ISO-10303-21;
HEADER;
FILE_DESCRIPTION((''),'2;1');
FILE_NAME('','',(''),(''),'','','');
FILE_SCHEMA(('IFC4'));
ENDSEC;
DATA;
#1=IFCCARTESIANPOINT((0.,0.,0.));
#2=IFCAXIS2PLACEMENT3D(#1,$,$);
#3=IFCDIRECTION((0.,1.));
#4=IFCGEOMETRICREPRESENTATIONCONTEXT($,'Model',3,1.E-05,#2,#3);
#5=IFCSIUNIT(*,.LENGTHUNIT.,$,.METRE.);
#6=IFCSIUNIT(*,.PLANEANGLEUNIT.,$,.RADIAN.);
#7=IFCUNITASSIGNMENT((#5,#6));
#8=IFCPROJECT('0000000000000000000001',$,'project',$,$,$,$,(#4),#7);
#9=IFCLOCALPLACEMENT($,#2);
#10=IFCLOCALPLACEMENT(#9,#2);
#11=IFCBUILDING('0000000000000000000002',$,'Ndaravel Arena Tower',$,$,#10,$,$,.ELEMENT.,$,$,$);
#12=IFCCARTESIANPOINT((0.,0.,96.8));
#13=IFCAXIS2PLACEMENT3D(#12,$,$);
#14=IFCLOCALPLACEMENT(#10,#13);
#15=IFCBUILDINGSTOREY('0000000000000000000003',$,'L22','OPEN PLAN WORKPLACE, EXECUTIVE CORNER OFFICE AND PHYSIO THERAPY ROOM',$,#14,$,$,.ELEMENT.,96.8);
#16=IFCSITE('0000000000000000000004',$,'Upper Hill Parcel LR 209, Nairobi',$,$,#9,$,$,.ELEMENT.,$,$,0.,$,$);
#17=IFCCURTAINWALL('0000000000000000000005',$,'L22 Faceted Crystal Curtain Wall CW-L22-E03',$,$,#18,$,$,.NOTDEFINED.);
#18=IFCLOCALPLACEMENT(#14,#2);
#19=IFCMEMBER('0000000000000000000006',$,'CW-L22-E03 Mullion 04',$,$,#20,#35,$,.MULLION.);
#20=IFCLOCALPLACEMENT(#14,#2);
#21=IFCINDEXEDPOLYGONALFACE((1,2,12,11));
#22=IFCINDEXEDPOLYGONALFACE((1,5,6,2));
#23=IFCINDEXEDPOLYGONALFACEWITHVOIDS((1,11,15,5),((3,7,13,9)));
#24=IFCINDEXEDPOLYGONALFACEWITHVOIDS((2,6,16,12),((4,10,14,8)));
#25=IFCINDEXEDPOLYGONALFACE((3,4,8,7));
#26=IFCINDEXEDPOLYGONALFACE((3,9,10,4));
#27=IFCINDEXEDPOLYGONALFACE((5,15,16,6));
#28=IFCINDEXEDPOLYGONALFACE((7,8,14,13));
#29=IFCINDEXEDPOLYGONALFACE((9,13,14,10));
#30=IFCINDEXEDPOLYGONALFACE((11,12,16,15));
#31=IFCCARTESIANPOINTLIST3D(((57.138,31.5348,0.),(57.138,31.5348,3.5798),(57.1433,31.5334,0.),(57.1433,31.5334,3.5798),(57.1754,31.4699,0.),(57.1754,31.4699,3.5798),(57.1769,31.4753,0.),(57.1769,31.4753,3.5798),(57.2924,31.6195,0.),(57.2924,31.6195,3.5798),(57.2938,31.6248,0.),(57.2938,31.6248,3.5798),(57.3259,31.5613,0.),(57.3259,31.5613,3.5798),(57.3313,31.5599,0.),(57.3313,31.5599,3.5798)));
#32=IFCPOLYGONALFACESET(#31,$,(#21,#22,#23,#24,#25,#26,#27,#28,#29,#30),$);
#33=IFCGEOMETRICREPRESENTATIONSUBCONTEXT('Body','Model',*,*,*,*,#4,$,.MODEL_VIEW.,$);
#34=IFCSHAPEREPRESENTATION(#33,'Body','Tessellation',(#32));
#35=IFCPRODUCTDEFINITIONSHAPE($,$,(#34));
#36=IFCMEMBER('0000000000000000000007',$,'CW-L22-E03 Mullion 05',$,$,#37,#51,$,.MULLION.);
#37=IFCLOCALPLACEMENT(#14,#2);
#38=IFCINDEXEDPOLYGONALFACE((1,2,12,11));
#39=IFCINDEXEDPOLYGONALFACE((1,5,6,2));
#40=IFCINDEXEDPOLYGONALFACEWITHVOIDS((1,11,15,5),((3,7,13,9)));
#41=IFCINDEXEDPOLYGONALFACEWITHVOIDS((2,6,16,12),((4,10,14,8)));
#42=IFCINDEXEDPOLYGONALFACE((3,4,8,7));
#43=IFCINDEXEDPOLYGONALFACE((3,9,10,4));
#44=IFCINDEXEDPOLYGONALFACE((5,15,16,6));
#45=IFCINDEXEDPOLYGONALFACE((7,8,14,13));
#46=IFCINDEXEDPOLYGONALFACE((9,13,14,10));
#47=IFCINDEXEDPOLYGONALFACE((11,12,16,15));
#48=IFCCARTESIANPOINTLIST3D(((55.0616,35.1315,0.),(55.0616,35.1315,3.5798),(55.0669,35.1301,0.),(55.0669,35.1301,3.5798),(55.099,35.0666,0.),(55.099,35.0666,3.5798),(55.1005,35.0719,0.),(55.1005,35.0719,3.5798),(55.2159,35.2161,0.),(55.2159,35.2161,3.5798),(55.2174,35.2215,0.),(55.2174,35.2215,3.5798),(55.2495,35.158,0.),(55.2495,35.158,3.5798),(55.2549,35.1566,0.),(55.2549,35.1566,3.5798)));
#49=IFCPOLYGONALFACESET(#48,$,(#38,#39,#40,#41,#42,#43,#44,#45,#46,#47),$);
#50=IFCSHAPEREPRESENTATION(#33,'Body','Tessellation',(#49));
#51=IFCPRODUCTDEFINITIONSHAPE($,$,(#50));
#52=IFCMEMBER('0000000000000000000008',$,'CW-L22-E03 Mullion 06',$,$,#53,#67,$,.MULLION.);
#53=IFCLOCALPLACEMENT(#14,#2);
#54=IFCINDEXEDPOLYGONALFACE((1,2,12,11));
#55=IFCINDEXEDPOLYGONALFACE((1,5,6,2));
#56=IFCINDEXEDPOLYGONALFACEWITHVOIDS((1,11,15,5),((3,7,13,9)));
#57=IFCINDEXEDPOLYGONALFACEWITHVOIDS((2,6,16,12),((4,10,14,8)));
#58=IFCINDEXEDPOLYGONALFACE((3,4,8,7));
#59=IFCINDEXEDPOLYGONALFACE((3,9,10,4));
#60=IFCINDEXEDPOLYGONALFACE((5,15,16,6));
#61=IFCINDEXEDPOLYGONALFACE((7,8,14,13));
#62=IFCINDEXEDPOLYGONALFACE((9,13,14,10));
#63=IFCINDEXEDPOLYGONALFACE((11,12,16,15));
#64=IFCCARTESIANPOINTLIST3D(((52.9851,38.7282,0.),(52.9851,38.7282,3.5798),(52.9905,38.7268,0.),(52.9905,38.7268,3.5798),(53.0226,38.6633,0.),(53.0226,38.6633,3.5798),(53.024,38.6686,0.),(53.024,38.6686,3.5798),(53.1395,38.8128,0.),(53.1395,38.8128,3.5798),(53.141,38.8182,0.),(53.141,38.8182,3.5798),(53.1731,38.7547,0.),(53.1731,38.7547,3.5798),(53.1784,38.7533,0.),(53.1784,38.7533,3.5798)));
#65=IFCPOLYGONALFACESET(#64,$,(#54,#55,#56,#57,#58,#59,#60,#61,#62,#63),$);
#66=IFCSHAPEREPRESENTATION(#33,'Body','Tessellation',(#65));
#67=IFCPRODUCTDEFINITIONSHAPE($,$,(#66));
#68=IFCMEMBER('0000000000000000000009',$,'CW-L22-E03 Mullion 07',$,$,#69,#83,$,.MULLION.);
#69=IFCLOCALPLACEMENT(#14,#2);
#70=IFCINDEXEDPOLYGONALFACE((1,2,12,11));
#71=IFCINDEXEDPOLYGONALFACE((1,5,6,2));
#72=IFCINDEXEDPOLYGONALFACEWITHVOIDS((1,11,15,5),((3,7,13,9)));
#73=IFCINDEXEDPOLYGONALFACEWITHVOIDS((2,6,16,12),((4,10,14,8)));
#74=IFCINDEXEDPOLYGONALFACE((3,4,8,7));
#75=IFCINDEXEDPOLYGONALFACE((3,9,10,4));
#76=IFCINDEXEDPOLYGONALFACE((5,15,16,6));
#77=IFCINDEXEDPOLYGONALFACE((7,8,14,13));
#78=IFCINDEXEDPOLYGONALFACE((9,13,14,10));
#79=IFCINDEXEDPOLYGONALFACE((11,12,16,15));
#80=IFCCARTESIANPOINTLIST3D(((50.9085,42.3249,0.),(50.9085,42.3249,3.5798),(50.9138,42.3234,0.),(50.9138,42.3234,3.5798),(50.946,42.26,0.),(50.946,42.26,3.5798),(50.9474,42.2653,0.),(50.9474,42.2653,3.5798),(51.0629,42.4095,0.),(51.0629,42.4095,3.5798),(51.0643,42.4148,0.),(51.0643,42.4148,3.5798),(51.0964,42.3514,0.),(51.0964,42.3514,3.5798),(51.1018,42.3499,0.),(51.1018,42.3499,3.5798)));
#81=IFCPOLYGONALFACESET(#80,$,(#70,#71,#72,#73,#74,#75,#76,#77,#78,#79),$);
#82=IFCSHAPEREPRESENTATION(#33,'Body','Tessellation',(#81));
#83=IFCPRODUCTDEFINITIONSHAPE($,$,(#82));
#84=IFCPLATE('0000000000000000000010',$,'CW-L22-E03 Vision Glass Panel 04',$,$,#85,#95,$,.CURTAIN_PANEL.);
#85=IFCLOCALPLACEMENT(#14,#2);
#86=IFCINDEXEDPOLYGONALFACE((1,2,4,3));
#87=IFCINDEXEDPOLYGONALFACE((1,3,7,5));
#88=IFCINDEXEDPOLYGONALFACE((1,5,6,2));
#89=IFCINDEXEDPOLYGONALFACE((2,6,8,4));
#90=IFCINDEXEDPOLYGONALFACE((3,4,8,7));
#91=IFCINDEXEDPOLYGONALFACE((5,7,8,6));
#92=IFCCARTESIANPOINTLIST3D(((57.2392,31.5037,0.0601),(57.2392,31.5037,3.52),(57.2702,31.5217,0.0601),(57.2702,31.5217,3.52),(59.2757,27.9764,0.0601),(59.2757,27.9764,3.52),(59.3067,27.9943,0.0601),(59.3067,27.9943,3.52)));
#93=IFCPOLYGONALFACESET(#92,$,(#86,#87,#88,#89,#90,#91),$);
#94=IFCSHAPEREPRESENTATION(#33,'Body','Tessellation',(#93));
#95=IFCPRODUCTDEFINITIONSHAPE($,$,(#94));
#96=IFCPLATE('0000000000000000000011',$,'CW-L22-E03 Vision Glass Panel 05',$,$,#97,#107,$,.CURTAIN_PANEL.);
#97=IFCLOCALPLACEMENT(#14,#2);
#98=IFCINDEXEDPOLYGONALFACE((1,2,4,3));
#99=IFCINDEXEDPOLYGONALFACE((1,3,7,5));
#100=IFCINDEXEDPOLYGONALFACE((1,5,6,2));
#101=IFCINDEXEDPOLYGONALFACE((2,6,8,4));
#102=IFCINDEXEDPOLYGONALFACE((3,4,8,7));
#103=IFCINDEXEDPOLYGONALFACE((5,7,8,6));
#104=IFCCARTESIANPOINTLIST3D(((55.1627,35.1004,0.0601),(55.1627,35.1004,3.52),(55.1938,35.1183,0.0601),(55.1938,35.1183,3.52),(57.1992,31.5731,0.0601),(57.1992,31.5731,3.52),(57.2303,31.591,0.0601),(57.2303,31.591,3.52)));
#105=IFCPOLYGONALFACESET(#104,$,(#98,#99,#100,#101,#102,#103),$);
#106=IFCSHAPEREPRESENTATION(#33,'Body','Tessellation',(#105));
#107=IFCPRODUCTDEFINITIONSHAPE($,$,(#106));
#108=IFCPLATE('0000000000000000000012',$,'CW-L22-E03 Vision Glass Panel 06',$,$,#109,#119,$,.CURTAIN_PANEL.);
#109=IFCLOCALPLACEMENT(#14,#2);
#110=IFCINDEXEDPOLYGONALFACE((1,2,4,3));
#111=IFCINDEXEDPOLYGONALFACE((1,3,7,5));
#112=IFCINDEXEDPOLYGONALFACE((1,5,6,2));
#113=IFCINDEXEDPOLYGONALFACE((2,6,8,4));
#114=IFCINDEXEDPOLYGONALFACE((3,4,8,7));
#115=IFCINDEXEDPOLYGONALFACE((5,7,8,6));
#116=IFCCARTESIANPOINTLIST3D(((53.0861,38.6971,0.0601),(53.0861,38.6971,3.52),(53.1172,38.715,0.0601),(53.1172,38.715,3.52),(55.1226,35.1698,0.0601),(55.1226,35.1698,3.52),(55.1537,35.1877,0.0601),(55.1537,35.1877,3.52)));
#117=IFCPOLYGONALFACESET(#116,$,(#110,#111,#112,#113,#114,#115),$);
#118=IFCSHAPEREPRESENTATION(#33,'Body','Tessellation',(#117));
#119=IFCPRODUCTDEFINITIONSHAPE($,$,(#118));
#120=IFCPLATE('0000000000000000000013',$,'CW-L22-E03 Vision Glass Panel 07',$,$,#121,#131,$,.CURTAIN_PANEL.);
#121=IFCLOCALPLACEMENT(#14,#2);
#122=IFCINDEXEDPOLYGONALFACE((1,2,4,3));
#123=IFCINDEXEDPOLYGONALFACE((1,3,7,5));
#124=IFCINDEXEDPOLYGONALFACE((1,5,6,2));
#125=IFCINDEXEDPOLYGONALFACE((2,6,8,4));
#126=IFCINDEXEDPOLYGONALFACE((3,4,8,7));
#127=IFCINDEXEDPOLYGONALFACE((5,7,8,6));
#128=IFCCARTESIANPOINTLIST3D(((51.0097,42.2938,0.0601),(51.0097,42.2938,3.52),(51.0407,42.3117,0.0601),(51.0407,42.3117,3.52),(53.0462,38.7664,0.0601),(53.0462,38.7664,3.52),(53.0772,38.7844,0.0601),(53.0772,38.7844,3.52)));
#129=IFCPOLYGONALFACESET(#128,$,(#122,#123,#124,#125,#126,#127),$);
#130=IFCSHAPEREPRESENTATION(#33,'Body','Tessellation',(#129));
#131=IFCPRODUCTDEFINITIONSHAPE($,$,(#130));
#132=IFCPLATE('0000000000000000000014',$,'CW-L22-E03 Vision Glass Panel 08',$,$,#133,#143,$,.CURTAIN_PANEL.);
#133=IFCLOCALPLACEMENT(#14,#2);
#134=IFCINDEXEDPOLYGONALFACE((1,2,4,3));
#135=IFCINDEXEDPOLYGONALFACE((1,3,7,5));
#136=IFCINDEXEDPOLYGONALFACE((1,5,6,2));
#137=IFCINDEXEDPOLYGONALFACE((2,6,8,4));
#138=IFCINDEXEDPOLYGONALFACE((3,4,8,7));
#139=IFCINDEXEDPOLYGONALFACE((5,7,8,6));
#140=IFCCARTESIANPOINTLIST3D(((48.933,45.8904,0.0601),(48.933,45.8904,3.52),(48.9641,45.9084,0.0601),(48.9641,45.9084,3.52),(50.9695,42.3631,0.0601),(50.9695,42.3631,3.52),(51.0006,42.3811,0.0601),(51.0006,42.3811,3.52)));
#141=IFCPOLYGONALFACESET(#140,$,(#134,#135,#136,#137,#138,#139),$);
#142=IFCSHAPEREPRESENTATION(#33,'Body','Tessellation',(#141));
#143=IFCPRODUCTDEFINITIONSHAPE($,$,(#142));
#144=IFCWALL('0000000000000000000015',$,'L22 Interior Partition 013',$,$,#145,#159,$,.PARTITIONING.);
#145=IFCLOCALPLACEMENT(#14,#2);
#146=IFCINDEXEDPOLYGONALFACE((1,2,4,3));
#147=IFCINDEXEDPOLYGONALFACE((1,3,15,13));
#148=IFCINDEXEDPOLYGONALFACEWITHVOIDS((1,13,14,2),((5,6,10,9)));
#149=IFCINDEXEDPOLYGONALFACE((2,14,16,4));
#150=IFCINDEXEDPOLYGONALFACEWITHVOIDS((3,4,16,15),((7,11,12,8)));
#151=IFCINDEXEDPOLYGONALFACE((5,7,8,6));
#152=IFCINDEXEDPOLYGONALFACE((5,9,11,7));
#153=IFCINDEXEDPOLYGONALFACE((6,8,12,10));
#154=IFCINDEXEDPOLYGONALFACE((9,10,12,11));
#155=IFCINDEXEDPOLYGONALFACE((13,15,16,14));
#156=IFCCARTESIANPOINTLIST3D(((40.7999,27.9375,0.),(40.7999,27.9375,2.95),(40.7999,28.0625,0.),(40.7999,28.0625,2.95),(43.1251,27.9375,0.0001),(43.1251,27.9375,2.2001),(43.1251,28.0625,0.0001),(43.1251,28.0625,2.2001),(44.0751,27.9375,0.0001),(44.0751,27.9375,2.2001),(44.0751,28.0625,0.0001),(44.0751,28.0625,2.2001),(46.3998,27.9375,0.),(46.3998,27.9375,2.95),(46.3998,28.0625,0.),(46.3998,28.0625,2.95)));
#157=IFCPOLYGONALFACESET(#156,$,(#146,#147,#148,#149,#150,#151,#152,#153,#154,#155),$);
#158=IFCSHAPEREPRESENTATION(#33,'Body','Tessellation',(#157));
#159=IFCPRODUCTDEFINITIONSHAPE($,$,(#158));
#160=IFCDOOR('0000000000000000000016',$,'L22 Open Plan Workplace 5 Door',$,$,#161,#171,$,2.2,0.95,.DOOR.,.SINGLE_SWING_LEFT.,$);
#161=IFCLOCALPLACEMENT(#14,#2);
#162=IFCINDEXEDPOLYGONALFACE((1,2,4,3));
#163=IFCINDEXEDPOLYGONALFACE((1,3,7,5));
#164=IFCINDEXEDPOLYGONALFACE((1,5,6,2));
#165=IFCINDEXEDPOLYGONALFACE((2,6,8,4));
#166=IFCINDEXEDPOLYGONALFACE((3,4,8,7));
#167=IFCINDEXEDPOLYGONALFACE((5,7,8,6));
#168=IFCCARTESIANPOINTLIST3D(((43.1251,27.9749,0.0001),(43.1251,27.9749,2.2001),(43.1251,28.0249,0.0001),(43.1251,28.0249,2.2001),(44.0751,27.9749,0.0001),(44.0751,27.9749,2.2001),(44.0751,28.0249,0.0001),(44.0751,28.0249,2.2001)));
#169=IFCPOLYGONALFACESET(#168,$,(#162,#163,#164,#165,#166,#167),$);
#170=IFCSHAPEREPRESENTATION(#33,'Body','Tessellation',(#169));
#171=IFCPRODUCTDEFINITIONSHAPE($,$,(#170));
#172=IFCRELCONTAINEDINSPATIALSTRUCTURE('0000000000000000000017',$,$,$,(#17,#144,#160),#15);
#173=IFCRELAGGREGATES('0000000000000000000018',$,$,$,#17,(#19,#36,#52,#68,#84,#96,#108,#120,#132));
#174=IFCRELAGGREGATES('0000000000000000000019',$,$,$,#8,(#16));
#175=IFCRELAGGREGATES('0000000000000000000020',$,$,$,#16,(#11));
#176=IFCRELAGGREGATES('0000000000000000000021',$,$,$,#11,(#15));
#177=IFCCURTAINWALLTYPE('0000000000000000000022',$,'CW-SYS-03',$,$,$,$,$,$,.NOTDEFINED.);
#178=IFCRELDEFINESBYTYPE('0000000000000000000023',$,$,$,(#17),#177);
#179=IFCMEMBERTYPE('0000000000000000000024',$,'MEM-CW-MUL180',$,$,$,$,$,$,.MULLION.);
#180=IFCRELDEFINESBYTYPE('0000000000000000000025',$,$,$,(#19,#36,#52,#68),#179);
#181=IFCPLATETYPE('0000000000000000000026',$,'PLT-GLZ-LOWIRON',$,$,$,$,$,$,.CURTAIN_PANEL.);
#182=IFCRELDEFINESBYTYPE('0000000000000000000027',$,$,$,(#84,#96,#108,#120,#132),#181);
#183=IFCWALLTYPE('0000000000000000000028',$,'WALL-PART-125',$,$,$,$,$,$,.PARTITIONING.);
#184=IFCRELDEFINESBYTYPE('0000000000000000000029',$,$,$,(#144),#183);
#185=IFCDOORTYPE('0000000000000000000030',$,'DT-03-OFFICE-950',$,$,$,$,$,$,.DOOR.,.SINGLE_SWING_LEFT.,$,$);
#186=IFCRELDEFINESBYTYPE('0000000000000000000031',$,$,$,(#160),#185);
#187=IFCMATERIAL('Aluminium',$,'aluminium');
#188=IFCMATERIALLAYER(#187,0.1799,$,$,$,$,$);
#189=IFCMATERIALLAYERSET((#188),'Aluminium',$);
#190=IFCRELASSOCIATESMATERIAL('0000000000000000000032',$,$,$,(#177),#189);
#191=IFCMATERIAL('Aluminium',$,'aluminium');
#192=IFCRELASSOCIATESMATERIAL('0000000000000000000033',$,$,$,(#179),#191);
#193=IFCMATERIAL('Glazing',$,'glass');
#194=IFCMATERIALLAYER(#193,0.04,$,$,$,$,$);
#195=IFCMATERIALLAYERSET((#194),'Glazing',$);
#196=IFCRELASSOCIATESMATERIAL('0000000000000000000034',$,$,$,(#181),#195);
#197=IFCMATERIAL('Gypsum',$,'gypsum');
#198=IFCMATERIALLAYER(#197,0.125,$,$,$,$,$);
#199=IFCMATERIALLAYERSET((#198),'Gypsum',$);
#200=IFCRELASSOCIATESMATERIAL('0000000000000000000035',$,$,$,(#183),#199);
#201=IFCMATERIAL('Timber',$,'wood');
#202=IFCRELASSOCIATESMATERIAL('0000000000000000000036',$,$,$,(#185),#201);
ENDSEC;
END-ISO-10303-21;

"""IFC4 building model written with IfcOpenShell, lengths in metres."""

from ifc_helpers import new_model, si_unit, direction, frame, frame_2d, origin, origin_2d, place, context, subcontext, project, spatial, rectangle, hollow_rectangle, extrude, material, layer, layer_set, material_profile, profile_set, type_object, element, fill, aggregate, save


model = new_model("IFC4")

# Units and contexts
model_context = context("Model", 3, precision=1e-05, world=origin(), true_north=direction((0.0, 1.0)))
body_context = subcontext(model_context, "Body", "Model", "MODEL_VIEW")
ifc_project = project(units=[si_unit("LENGTHUNIT", "METRE"), si_unit("PLANEANGLEUNIT", "RADIAN")], contexts=[model_context])

# Site, building, storey
site_placement = place(None, origin())
site = spatial("IfcSite", under=ifc_project, at=site_placement, Name="Upper Hill Parcel LR 209, Nairobi", CompositionType="ELEMENT", RefElevation=0.0)
building_placement = place(site_placement, origin())
building = spatial("IfcBuilding", under=site, at=building_placement, Name="Ndaravel Arena Tower", CompositionType="ELEMENT")
storey_placement = place(building_placement, frame((0.0, 0.0, 96.8)))
storey = spatial("IfcBuildingStorey", under=building, at=storey_placement, Name="L22", Description="OPEN PLAN WORKPLACE, EXECUTIVE CORNER OFFICE AND PHYSIO THERAPY ROOM", CompositionType="ELEMENT", Elevation=96.8)

# Curtain wall, members, plates
ifc_material_1 = material(Name="Aluminium", Category="aluminium")
ifc_layer_1 = layer(ifc_material_1, 0.1799)
ifc_layer_set_1 = layer_set([ifc_layer_1], Name="Aluminium")
curtain_wall_type = type_object("IfcCurtainWallType", Name="CW-SYS-03", PredefinedType="NOTDEFINED", material=ifc_layer_set_1)
curtain_wall_placement = place(storey_placement, origin())
curtain_wall = element("IfcCurtainWall", 1, at=curtain_wall_placement, inside=storey, type_object=curtain_wall_type, Name="L22 Faceted Crystal Curtain Wall CW-L22-E03", PredefinedType="NOTDEFINED")
ifc_material_2 = material(Name="Aluminium", Category="aluminium")
ifc_material_profile_1 = material_profile(ifc_material_2, hollow_rectangle(XDim=0.075, YDim=0.1799, WallThickness=0.0039, at=origin_2d()), Name="CW MULLION 75x180x4")
ifc_profile_set_1 = profile_set([ifc_material_profile_1], Name="Aluminium")
member_type = type_object("IfcMemberType", Name="MEM-CW-MUL180", PredefinedType="MULLION", material=ifc_profile_set_1)
member_1_placement = place(storey_placement, frame((57.2346, 31.5474, 0.0), z_axis=(0.0, 0.0, 1.0), x_axis=(-0.5, 0.866025, 0.0)))
member_1 = element("IfcMember", 2, at=member_1_placement, type_object=member_type, Name="CW-L22-E03 Mullion 04", PredefinedType="MULLION", context=body_context, shape_type="SweptSolid", body=[
    extrude(hollow_rectangle(XDim=0.075, YDim=0.1799, WallThickness=0.0039, at=origin_2d()), origin(), (0.0, 0.0, 1.0), 3.5798),
])
member_2_placement = place(storey_placement, frame((55.1582, 35.144, 0.0), z_axis=(0.0, 0.0, 1.0), x_axis=(-0.5, 0.866025, 0.0)))
member_2 = element("IfcMember", 3, at=member_2_placement, type_object=member_type, Name="CW-L22-E03 Mullion 05", PredefinedType="MULLION", context=body_context, shape_type="SweptSolid", body=[
    extrude(hollow_rectangle(XDim=0.075, YDim=0.1799, WallThickness=0.0039, at=origin_2d()), origin(), (0.0, 0.0, 1.0), 3.5798),
])
member_3_placement = place(storey_placement, frame((53.0818, 38.7407, 0.0), z_axis=(0.0, 0.0, 1.0), x_axis=(-0.5, 0.866025, 0.0)))
member_3 = element("IfcMember", 4, at=member_3_placement, type_object=member_type, Name="CW-L22-E03 Mullion 06", PredefinedType="MULLION", context=body_context, shape_type="SweptSolid", body=[
    extrude(hollow_rectangle(XDim=0.075, YDim=0.1799, WallThickness=0.0039, at=origin_2d()), origin(), (0.0, 0.0, 1.0), 3.5798),
])
member_4_placement = place(storey_placement, frame((51.0051, 42.3374, 0.0), z_axis=(0.0, 0.0, 1.0), x_axis=(-0.5, 0.866025, 0.0)))
member_4 = element("IfcMember", 5, at=member_4_placement, type_object=member_type, Name="CW-L22-E03 Mullion 07", PredefinedType="MULLION", context=body_context, shape_type="SweptSolid", body=[
    extrude(hollow_rectangle(XDim=0.075, YDim=0.1799, WallThickness=0.0039, at=origin_2d()), origin(), (0.0, 0.0, 1.0), 3.5798),
])
ifc_material_3 = material(Name="Glazing", Category="glass")
ifc_layer_2 = layer(ifc_material_3, 0.04)
ifc_layer_set_2 = layer_set([ifc_layer_2], Name="Glazing")
plate_type = type_object("IfcPlateType", Name="PLT-GLZ-LOWIRON", PredefinedType="CURTAIN_PANEL", material=ifc_layer_set_2)
plate_1_placement = place(storey_placement, frame((58.2729, 29.749, 0.0601), z_axis=(0.0, 0.0, 1.0), x_axis=(-0.5, 0.866025, 0.0)))
plate_1 = element("IfcPlate", 6, at=plate_1_placement, type_object=plate_type, Name="CW-L22-E03 Vision Glass Panel 04", PredefinedType="CURTAIN_PANEL", context=body_context, shape_type="SweptSolid", body=[
    extrude(rectangle(XDim=4.073, YDim=0.0359, at=origin_2d()), origin(), (0.0, 0.0, 1.0), 3.46),
])
plate_2_placement = place(storey_placement, frame((56.1965, 33.3457, 0.0601), z_axis=(0.0, 0.0, 1.0), x_axis=(-0.5, 0.866025, 0.0)))
plate_2 = element("IfcPlate", 7, at=plate_2_placement, type_object=plate_type, Name="CW-L22-E03 Vision Glass Panel 05", PredefinedType="CURTAIN_PANEL", context=body_context, shape_type="SweptSolid", body=[
    extrude(rectangle(XDim=4.073, YDim=0.0359, at=origin_2d()), origin(), (0.0, 0.0, 1.0), 3.46),
])
plate_3_placement = place(storey_placement, frame((54.1199, 36.9424, 0.0601), z_axis=(0.0, 0.0, 1.0), x_axis=(-0.5, 0.866025, 0.0)))
plate_3 = element("IfcPlate", 8, at=plate_3_placement, type_object=plate_type, Name="CW-L22-E03 Vision Glass Panel 06", PredefinedType="CURTAIN_PANEL", context=body_context, shape_type="SweptSolid", body=[
    extrude(rectangle(XDim=4.073, YDim=0.0359, at=origin_2d()), origin(), (0.0, 0.0, 1.0), 3.46),
])
plate_4_placement = place(storey_placement, frame((52.0435, 40.5391, 0.0601), z_axis=(0.0, 0.0, 1.0), x_axis=(-0.5, 0.866025, 0.0)))
plate_4 = element("IfcPlate", 9, at=plate_4_placement, type_object=plate_type, Name="CW-L22-E03 Vision Glass Panel 07", PredefinedType="CURTAIN_PANEL", context=body_context, shape_type="SweptSolid", body=[
    extrude(rectangle(XDim=4.073, YDim=0.0359, at=origin_2d()), origin(), (0.0, 0.0, 1.0), 3.46),
])
plate_5_placement = place(storey_placement, frame((49.9668, 44.1357, 0.0601), z_axis=(0.0, 0.0, 1.0), x_axis=(-0.5, 0.866025, 0.0)))
plate_5 = element("IfcPlate", 10, at=plate_5_placement, type_object=plate_type, Name="CW-L22-E03 Vision Glass Panel 08", PredefinedType="CURTAIN_PANEL", context=body_context, shape_type="SweptSolid", body=[
    extrude(rectangle(XDim=4.073, YDim=0.0359, at=origin_2d()), origin(), (0.0, 0.0, 1.0), 3.46),
])
aggregate(curtain_wall, [member_1, member_2, member_3, member_4, plate_1, plate_2, plate_3, plate_4, plate_5])

# Wall, opening, door
ifc_material_4 = material(Name="Gypsum", Category="gypsum")
ifc_layer_3 = layer(ifc_material_4, 0.125)
ifc_layer_set_3 = layer_set([ifc_layer_3], Name="Gypsum")
wall_type_1 = type_object("IfcWallType", Name="WALL-PART-125", PredefinedType="PARTITIONING", material=ifc_layer_set_3)
wall_1_placement = place(storey_placement, frame((40.8, 28.0, 0.0), z_axis=(0.0, 0.0, 1.0), x_axis=(1.0, 0.0, 0.0)))
wall_1 = element("IfcWall", 11, at=wall_1_placement, inside=storey, type_object=wall_type_1, Name="L22 Interior Partition 013", PredefinedType="PARTITIONING", context=body_context, shape_type="SweptSolid", body=[
    extrude(rectangle(XDim=5.5999, YDim=0.125, at=frame_2d((2.7998, 0.0))), origin(), (0.0, 0.0, 1.0), 2.95),
])
opening_1_placement = place(wall_1_placement, frame((2.325, 0.0, 0.0)))
opening_1 = element("IfcOpeningElement", 12, at=opening_1_placement, cuts=wall_1, PredefinedType="OPENING", context=body_context, shape_type="SweptSolid", body=[
    extrude(rectangle(XDim=0.95, YDim=2.2, at=frame_2d((0.4751, 1.1001))), frame((0.0, 0.0625, 0.0), z_axis=(0.0, -1.0, 0.0), x_axis=(1.0, 0.0, 0.0)), (0.0, 0.0, 1.0), 0.125),
])
ifc_material_5 = material(Name="Timber", Category="wood")
door_type = type_object("IfcDoorType", Name="DT-03-OFFICE-950", OperationType="SINGLE_SWING_LEFT", PredefinedType="DOOR", material=ifc_material_5)
door_1_placement = place(opening_1_placement, origin())
door_1 = element("IfcDoor", 13, at=door_1_placement, inside=storey, type_object=door_type, Name="L22 Open Plan Workplace 5 Door", OperationType="SINGLE_SWING_LEFT", OverallHeight=2.2, OverallWidth=0.95, PredefinedType="DOOR", context=body_context, shape_type="SweptSolid", body=[
    extrude(rectangle(XDim=0.95, YDim=2.2, at=frame_2d((0.4751, 1.1001))), frame((0.0, 0.0249, 0.0), z_axis=(0.0, -1.0, 0.0), x_axis=(1.0, 0.0, 0.0)), (0.0, 0.0, 1.0), 0.05),
])
fill(opening_1, door_1)

save(model, "model.ifc")
